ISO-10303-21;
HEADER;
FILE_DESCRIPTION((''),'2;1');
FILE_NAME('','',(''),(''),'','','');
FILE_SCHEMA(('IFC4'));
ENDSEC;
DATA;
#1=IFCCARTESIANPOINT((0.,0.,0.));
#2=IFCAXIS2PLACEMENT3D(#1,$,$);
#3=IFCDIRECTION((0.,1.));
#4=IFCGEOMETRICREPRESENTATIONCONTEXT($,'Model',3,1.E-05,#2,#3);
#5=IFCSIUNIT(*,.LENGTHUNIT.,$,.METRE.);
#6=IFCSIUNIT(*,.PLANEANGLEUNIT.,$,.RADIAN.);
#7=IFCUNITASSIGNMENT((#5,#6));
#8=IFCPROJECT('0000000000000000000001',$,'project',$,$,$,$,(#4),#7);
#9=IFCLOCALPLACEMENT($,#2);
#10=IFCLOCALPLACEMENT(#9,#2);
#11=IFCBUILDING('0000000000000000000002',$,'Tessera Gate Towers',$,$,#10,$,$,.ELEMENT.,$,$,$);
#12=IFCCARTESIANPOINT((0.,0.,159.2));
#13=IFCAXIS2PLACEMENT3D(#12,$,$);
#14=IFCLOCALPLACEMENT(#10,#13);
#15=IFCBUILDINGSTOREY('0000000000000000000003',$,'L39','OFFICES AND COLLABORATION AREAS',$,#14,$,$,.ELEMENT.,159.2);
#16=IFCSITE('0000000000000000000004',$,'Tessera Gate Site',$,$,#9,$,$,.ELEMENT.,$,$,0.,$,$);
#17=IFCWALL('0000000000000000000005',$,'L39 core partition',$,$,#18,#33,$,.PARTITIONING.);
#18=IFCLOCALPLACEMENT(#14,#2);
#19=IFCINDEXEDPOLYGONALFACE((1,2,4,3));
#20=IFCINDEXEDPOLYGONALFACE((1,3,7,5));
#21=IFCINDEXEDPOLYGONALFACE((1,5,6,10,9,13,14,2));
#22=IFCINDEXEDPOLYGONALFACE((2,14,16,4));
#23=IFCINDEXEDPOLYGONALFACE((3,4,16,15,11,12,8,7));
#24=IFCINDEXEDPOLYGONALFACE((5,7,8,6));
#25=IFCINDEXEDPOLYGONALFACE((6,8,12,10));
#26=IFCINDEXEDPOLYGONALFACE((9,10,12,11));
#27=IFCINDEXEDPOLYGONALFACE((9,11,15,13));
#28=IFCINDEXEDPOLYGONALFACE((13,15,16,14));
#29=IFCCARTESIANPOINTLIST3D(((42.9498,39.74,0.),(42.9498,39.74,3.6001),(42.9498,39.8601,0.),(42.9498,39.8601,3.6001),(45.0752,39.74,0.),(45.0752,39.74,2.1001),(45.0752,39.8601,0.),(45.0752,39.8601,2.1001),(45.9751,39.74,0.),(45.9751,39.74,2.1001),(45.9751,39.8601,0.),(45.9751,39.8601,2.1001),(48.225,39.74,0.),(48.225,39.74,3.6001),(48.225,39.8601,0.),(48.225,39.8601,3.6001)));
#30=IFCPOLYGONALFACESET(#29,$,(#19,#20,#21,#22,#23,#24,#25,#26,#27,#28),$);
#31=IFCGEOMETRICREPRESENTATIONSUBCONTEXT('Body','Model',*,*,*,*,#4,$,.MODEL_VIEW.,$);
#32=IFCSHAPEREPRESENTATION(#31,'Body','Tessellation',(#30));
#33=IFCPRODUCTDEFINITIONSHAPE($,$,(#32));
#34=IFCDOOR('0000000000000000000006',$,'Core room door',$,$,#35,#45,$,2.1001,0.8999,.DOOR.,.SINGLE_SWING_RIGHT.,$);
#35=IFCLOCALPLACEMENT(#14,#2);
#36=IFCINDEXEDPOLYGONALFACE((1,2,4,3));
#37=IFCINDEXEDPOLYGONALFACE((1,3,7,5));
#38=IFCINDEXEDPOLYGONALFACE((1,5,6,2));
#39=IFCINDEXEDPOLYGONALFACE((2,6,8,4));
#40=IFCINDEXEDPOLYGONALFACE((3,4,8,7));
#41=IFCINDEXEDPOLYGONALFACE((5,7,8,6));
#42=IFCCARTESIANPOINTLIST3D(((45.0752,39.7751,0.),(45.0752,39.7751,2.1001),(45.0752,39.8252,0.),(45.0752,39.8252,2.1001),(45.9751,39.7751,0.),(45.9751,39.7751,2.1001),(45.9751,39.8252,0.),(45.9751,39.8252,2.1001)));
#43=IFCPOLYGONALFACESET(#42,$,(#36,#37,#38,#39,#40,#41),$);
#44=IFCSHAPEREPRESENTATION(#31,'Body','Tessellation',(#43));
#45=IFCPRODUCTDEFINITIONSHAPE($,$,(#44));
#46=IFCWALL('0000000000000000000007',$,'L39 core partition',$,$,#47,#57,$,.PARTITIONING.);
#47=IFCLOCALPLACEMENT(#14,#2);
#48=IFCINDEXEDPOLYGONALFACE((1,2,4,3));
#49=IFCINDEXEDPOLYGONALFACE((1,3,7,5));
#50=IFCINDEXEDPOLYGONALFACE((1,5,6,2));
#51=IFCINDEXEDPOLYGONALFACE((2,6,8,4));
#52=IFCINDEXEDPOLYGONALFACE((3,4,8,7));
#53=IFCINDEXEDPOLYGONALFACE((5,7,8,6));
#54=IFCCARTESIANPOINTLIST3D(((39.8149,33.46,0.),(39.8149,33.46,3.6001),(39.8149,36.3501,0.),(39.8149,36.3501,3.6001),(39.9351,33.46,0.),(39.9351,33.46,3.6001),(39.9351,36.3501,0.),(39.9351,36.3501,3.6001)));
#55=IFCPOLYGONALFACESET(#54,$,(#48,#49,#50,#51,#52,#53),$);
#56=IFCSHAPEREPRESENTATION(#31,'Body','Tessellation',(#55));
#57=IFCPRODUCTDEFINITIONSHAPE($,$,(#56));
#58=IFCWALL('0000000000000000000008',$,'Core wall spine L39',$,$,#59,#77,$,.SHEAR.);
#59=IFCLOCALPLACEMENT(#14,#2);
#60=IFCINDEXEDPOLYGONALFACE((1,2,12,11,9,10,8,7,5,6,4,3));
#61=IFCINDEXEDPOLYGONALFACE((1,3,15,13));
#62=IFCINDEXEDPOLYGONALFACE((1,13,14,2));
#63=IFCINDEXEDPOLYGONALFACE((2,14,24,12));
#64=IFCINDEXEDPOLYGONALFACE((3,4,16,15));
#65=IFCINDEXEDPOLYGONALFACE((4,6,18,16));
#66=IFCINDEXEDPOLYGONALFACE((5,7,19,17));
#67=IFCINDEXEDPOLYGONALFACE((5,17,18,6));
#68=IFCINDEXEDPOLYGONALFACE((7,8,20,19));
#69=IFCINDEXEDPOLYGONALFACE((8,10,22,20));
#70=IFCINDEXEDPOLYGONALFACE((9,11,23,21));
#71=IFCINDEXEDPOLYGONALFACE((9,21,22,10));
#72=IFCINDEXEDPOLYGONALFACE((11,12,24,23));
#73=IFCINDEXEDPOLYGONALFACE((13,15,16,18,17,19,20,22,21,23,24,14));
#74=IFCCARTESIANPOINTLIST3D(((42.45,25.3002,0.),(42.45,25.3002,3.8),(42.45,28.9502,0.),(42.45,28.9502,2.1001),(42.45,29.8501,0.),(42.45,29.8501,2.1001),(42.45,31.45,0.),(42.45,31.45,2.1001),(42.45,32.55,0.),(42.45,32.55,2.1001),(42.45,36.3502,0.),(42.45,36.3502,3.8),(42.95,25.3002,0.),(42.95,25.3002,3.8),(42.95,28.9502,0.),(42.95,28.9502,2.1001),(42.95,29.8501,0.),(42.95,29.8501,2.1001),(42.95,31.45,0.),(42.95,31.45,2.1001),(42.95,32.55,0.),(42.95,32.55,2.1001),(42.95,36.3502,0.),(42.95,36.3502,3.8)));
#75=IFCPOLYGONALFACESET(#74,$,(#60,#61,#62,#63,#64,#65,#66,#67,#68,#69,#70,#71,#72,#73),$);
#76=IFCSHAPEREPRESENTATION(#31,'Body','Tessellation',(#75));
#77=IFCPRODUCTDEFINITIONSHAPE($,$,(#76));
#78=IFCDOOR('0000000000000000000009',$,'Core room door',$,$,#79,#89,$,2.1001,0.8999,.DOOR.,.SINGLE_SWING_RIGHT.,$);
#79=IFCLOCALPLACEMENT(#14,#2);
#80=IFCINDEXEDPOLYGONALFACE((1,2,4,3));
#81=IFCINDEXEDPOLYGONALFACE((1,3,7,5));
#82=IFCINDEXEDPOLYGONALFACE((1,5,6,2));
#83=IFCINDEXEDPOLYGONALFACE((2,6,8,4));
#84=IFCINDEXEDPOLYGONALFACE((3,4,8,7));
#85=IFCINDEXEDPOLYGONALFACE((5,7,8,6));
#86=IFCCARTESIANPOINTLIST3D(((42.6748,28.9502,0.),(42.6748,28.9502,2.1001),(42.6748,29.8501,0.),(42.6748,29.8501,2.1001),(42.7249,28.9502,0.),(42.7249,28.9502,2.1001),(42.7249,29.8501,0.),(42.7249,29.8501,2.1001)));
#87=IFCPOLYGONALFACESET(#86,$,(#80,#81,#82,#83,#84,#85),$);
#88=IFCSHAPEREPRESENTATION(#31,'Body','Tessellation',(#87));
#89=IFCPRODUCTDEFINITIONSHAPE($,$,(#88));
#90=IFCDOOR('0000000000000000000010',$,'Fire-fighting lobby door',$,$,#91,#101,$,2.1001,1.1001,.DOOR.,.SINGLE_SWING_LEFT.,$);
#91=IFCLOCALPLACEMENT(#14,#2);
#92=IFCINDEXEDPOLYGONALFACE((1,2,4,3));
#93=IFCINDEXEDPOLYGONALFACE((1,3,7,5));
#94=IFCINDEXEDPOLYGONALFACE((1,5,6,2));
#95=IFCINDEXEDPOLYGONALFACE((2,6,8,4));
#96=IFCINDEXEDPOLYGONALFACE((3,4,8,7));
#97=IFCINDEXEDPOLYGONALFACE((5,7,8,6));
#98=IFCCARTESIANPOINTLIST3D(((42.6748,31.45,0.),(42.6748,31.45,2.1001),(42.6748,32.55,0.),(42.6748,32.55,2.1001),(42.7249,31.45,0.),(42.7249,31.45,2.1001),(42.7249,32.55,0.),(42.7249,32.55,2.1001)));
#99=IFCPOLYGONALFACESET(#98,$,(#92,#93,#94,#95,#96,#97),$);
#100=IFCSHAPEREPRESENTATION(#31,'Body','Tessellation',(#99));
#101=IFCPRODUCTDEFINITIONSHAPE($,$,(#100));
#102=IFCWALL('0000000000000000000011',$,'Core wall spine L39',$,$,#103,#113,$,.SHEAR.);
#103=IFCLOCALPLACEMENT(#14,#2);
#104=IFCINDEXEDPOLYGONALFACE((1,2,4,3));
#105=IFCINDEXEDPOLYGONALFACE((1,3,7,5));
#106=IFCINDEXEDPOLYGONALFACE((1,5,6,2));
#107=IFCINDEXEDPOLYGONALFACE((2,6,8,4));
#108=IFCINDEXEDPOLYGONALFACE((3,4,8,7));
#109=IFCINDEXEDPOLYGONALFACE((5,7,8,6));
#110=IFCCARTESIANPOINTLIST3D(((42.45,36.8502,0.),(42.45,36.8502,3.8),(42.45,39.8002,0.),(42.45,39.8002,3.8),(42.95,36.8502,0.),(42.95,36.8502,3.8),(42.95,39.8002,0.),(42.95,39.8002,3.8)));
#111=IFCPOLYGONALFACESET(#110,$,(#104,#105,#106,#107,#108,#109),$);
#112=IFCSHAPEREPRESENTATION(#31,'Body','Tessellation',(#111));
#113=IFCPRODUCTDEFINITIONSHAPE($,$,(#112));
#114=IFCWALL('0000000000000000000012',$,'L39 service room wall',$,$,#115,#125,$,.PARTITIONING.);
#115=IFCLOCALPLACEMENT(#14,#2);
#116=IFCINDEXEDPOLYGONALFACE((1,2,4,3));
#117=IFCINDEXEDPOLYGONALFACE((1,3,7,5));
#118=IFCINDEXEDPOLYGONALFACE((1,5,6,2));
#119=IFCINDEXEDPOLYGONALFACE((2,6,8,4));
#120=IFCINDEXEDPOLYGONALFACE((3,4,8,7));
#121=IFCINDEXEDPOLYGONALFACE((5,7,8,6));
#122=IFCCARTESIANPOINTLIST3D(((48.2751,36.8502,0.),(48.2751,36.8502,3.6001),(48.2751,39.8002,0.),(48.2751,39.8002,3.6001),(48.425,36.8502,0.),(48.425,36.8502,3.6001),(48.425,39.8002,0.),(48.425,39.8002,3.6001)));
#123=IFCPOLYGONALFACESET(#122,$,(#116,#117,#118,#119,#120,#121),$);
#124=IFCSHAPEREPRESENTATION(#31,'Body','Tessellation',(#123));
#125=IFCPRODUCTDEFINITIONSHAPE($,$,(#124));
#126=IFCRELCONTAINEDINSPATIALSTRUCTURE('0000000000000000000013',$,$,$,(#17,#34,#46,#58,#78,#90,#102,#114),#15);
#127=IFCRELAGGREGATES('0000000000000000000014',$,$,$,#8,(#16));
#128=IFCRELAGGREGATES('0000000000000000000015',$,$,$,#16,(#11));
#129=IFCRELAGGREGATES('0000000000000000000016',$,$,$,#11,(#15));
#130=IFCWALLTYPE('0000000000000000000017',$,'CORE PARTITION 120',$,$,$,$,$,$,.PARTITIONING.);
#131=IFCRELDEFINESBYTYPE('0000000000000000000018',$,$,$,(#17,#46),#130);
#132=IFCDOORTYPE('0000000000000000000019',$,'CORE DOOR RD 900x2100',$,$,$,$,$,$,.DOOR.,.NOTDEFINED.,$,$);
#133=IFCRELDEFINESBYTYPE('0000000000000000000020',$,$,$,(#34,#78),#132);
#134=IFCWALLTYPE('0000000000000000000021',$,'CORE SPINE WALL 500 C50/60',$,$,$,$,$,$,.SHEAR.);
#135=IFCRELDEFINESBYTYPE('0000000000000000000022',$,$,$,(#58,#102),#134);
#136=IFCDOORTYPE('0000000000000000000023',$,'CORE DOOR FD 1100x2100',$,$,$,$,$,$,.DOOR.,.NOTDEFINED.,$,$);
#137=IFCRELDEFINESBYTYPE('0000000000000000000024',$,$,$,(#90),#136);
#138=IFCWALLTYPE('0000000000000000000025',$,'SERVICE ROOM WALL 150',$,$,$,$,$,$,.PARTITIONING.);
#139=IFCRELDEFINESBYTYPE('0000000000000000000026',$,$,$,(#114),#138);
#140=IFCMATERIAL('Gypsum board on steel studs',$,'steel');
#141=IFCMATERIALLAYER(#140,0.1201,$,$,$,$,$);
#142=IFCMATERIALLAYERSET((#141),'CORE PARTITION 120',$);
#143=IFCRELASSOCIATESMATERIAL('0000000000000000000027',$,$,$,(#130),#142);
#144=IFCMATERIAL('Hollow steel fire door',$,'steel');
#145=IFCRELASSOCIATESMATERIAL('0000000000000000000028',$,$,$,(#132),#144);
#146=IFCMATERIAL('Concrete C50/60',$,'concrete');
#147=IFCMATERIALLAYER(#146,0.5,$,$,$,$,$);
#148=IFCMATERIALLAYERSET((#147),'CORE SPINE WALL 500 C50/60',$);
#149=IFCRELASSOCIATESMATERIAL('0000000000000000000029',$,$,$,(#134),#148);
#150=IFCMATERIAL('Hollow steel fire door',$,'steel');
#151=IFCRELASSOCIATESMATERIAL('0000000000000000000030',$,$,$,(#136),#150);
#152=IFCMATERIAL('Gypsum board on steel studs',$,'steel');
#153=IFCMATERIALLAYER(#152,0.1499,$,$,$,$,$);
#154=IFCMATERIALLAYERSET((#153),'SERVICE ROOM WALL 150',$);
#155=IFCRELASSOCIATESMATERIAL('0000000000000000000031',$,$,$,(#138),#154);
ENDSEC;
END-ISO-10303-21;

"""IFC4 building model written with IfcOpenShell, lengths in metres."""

from ifc_helpers import new_model, si_unit, direction, frame, frame_2d, origin, place, context, subcontext, project, spatial, rectangle, extrude, source, transform, mapped, material, layer, layer_set, type_object, element, fill, save


model = new_model("IFC4")

# Units and contexts
model_context = context("Model", 3, precision=1e-05, world=origin(), true_north=direction((0.0, 1.0)))
body_context = subcontext(model_context, "Body", "Model", "MODEL_VIEW")
ifc_project = project(units=[si_unit("LENGTHUNIT", "METRE"), si_unit("PLANEANGLEUNIT", "RADIAN")], contexts=[model_context])

# Site, building, storey
site_placement = place(None, origin())
site = spatial("IfcSite", under=ifc_project, at=site_placement, Name="Tessera Gate Site", CompositionType="ELEMENT", RefElevation=0.0)
building_placement = place(site_placement, origin())
building = spatial("IfcBuilding", under=site, at=building_placement, Name="Tessera Gate Towers", CompositionType="ELEMENT")
storey_placement = place(building_placement, frame((0.0, 0.0, 159.2)))
storey = spatial("IfcBuildingStorey", under=building, at=storey_placement, Name="L39", Description="OFFICES AND COLLABORATION AREAS", CompositionType="ELEMENT", Elevation=159.2)

# Wall, opening, door
ifc_material_1 = material(Name="Gypsum board on steel studs", Category="steel")
ifc_layer_1 = layer(ifc_material_1, 0.1201)
ifc_layer_set_1 = layer_set([ifc_layer_1], Name="CORE PARTITION 120")
wall_type_1 = type_object("IfcWallType", Name="CORE PARTITION 120", PredefinedType="PARTITIONING", material=ifc_layer_set_1)
wall_1_placement = place(storey_placement, frame((48.2251, 39.8, 0.0), z_axis=(0.0, 0.0, 1.0), x_axis=(-1.0, 0.0, 0.0)))
wall_1 = element("IfcWall", 1, at=wall_1_placement, inside=storey, type_object=wall_type_1, Name="L39 core partition", PredefinedType="PARTITIONING", context=body_context, shape_type="SweptSolid", body=[
    extrude(rectangle(XDim=5.2751, YDim=0.1201, at=frame_2d((2.6377, 0.0))), origin(), (0.0, 0.0, 1.0), 3.6001),
])
shared_shape_1 = source(origin(), body_context, "Body", "SweptSolid", [
    extrude(rectangle(XDim=0.8999, YDim=2.1001, at=frame_2d((0.45, 1.05))), frame((0.0, 0.0701, 0.0), z_axis=(0.0, -1.0, 0.0), x_axis=(1.0, 0.0, 0.0)), (0.0, 0.0, 1.0), 0.1401),
])
opening_1_placement = place(wall_1_placement, frame((2.25, 0.0, 0.0)))
opening_1 = element("IfcOpeningElement", 2, at=opening_1_placement, cuts=wall_1, PredefinedType="OPENING", context=body_context, shape_type="MappedRepresentation", body=[
    mapped(shared_shape_1, transform((0.0, 0.0, 0.0), scale=1.0)),
])
ifc_material_2 = material(Name="Hollow steel fire door", Category="steel")
door_type_1 = type_object("IfcDoorType", Name="CORE DOOR RD 900x2100", OperationType="NOTDEFINED", PredefinedType="DOOR", material=ifc_material_2)
shared_shape_2 = source(origin(), body_context, "Body", "SweptSolid", [
    extrude(rectangle(XDim=0.8999, YDim=2.1001, at=frame_2d((0.45, 1.05))), frame((0.0, 0.0249, 0.0), z_axis=(0.0, -1.0, 0.0), x_axis=(1.0, 0.0, 0.0)), (0.0, 0.0, 1.0), 0.05),
])
door_1_placement = place(opening_1_placement, origin())
door_1 = element("IfcDoor", 3, at=door_1_placement, inside=storey, type_object=door_type_1, Name="Core room door", OperationType="SINGLE_SWING_RIGHT", OverallHeight=2.1001, OverallWidth=0.8999, PredefinedType="DOOR", context=body_context, shape_type="MappedRepresentation", body=[
    mapped(shared_shape_2, transform((0.0, 0.0, 0.0), scale=1.0)),
])
fill(opening_1, door_1)

# Wall
wall_2_placement = place(storey_placement, frame((39.875, 33.46, 0.0), z_axis=(0.0, 0.0, 1.0), x_axis=(0.0, 1.0, 0.0)))
element("IfcWall", 4, at=wall_2_placement, inside=storey, type_object=wall_type_1, Name="L39 core partition", PredefinedType="PARTITIONING", context=body_context, shape_type="SweptSolid", body=[
    extrude(rectangle(XDim=2.8901, YDim=0.1201, at=frame_2d((1.4451, 0.0))), origin(), (0.0, 0.0, 1.0), 3.6001),
])

# Wall, openings, doors
ifc_material_3 = material(Name="Concrete C50/60", Category="concrete")
ifc_layer_2 = layer(ifc_material_3, 0.5)
ifc_layer_set_2 = layer_set([ifc_layer_2], Name="CORE SPINE WALL 500 C50/60")
wall_type_2 = type_object("IfcWallType", Name="CORE SPINE WALL 500 C50/60", PredefinedType="SHEAR", material=ifc_layer_set_2)
wall_3_placement = place(storey_placement, frame((42.7, 36.3501, 0.0), z_axis=(0.0, 0.0, 1.0), x_axis=(0.0, -1.0, 0.0)))
wall_3 = element("IfcWall", 5, at=wall_3_placement, inside=storey, type_object=wall_type_2, Name="Core wall spine L39", PredefinedType="SHEAR", context=body_context, shape_type="SweptSolid", body=[
    extrude(rectangle(XDim=11.05, YDim=0.5, at=frame_2d((5.5249, 0.0))), origin(), (0.0, 0.0, 1.0), 3.8),
])
shared_shape_3 = source(origin(), body_context, "Body", "SweptSolid", [
    extrude(rectangle(XDim=0.8999, YDim=2.1001, at=frame_2d((0.45, 1.05))), frame((0.0, 0.26, 0.0), z_axis=(0.0, -1.0, 0.0), x_axis=(1.0, 0.0, 0.0)), (0.0, 0.0, 1.0), 0.52),
])
opening_2_placement = place(wall_3_placement, frame((6.5, 0.0, 0.0)))
opening_2 = element("IfcOpeningElement", 6, at=opening_2_placement, cuts=wall_3, PredefinedType="OPENING", context=body_context, shape_type="MappedRepresentation", body=[
    mapped(shared_shape_3, transform((0.0, 0.0, 0.0), scale=1.0)),
])
shared_shape_4 = source(origin(), body_context, "Body", "SweptSolid", [
    extrude(rectangle(XDim=1.1001, YDim=2.1001, at=frame_2d((0.55, 1.05))), frame((0.0, 0.26, 0.0), z_axis=(0.0, -1.0, 0.0), x_axis=(1.0, 0.0, 0.0)), (0.0, 0.0, 1.0), 0.52),
])
opening_3_placement = place(wall_3_placement, frame((3.8, 0.0, 0.0)))
opening_3 = element("IfcOpeningElement", 7, at=opening_3_placement, cuts=wall_3, PredefinedType="OPENING", context=body_context, shape_type="MappedRepresentation", body=[
    mapped(shared_shape_4, transform((0.0, 0.0, 0.0), scale=1.0)),
])
door_2_placement = place(opening_2_placement, origin())
door_2 = element("IfcDoor", 8, at=door_2_placement, inside=storey, type_object=door_type_1, Name="Core room door", OperationType="SINGLE_SWING_RIGHT", OverallHeight=2.1001, OverallWidth=0.8999, PredefinedType="DOOR", context=body_context, shape_type="MappedRepresentation", body=[
    mapped(shared_shape_2, transform((0.0, 0.0, 0.0), scale=1.0)),
])
fill(opening_2, door_2)
ifc_material_4 = material(Name="Hollow steel fire door", Category="steel")
door_type_2 = type_object("IfcDoorType", Name="CORE DOOR FD 1100x2100", OperationType="NOTDEFINED", PredefinedType="DOOR", material=ifc_material_4)
shared_shape_5 = source(origin(), body_context, "Body", "SweptSolid", [
    extrude(rectangle(XDim=1.1001, YDim=2.1001, at=frame_2d((0.55, 1.05))), frame((0.0, 0.0249, 0.0), z_axis=(0.0, -1.0, 0.0), x_axis=(1.0, 0.0, 0.0)), (0.0, 0.0, 1.0), 0.05),
])
door_3_placement = place(opening_3_placement, origin())
door_3 = element("IfcDoor", 9, at=door_3_placement, inside=storey, type_object=door_type_2, Name="Fire-fighting lobby door", OperationType="SINGLE_SWING_LEFT", OverallHeight=2.1001, OverallWidth=1.1001, PredefinedType="DOOR", context=body_context, shape_type="MappedRepresentation", body=[
    mapped(shared_shape_5, transform((0.0, 0.0, 0.0), scale=1.0)),
])
fill(opening_3, door_3)

# Walls
wall_4_placement = place(storey_placement, frame((42.7, 36.8501, 0.0), z_axis=(0.0, 0.0, 1.0), x_axis=(0.0, 1.0, 0.0)))
element("IfcWall", 10, at=wall_4_placement, inside=storey, type_object=wall_type_2, Name="Core wall spine L39", PredefinedType="SHEAR", context=body_context, shape_type="SweptSolid", body=[
    extrude(rectangle(XDim=2.95, YDim=0.5, at=frame_2d((1.4751, 0.0))), origin(), (0.0, 0.0, 1.0), 3.8),
])
ifc_material_5 = material(Name="Gypsum board on steel studs", Category="steel")
ifc_layer_3 = layer(ifc_material_5, 0.1499)
ifc_layer_set_3 = layer_set([ifc_layer_3], Name="SERVICE ROOM WALL 150")
wall_type_3 = type_object("IfcWallType", Name="SERVICE ROOM WALL 150", PredefinedType="PARTITIONING", material=ifc_layer_set_3)
wall_5_placement = place(storey_placement, frame((48.3501, 36.8501, 0.0), z_axis=(0.0, 0.0, 1.0), x_axis=(0.0, 1.0, 0.0)))
element("IfcWall", 11, at=wall_5_placement, inside=storey, type_object=wall_type_3, Name="L39 service room wall", PredefinedType="PARTITIONING", context=body_context, shape_type="SweptSolid", body=[
    extrude(rectangle(XDim=2.95, YDim=0.1499, at=frame_2d((1.4751, 0.0))), origin(), (0.0, 0.0, 1.0), 3.6001),
])

save(model, "model.ifc")
